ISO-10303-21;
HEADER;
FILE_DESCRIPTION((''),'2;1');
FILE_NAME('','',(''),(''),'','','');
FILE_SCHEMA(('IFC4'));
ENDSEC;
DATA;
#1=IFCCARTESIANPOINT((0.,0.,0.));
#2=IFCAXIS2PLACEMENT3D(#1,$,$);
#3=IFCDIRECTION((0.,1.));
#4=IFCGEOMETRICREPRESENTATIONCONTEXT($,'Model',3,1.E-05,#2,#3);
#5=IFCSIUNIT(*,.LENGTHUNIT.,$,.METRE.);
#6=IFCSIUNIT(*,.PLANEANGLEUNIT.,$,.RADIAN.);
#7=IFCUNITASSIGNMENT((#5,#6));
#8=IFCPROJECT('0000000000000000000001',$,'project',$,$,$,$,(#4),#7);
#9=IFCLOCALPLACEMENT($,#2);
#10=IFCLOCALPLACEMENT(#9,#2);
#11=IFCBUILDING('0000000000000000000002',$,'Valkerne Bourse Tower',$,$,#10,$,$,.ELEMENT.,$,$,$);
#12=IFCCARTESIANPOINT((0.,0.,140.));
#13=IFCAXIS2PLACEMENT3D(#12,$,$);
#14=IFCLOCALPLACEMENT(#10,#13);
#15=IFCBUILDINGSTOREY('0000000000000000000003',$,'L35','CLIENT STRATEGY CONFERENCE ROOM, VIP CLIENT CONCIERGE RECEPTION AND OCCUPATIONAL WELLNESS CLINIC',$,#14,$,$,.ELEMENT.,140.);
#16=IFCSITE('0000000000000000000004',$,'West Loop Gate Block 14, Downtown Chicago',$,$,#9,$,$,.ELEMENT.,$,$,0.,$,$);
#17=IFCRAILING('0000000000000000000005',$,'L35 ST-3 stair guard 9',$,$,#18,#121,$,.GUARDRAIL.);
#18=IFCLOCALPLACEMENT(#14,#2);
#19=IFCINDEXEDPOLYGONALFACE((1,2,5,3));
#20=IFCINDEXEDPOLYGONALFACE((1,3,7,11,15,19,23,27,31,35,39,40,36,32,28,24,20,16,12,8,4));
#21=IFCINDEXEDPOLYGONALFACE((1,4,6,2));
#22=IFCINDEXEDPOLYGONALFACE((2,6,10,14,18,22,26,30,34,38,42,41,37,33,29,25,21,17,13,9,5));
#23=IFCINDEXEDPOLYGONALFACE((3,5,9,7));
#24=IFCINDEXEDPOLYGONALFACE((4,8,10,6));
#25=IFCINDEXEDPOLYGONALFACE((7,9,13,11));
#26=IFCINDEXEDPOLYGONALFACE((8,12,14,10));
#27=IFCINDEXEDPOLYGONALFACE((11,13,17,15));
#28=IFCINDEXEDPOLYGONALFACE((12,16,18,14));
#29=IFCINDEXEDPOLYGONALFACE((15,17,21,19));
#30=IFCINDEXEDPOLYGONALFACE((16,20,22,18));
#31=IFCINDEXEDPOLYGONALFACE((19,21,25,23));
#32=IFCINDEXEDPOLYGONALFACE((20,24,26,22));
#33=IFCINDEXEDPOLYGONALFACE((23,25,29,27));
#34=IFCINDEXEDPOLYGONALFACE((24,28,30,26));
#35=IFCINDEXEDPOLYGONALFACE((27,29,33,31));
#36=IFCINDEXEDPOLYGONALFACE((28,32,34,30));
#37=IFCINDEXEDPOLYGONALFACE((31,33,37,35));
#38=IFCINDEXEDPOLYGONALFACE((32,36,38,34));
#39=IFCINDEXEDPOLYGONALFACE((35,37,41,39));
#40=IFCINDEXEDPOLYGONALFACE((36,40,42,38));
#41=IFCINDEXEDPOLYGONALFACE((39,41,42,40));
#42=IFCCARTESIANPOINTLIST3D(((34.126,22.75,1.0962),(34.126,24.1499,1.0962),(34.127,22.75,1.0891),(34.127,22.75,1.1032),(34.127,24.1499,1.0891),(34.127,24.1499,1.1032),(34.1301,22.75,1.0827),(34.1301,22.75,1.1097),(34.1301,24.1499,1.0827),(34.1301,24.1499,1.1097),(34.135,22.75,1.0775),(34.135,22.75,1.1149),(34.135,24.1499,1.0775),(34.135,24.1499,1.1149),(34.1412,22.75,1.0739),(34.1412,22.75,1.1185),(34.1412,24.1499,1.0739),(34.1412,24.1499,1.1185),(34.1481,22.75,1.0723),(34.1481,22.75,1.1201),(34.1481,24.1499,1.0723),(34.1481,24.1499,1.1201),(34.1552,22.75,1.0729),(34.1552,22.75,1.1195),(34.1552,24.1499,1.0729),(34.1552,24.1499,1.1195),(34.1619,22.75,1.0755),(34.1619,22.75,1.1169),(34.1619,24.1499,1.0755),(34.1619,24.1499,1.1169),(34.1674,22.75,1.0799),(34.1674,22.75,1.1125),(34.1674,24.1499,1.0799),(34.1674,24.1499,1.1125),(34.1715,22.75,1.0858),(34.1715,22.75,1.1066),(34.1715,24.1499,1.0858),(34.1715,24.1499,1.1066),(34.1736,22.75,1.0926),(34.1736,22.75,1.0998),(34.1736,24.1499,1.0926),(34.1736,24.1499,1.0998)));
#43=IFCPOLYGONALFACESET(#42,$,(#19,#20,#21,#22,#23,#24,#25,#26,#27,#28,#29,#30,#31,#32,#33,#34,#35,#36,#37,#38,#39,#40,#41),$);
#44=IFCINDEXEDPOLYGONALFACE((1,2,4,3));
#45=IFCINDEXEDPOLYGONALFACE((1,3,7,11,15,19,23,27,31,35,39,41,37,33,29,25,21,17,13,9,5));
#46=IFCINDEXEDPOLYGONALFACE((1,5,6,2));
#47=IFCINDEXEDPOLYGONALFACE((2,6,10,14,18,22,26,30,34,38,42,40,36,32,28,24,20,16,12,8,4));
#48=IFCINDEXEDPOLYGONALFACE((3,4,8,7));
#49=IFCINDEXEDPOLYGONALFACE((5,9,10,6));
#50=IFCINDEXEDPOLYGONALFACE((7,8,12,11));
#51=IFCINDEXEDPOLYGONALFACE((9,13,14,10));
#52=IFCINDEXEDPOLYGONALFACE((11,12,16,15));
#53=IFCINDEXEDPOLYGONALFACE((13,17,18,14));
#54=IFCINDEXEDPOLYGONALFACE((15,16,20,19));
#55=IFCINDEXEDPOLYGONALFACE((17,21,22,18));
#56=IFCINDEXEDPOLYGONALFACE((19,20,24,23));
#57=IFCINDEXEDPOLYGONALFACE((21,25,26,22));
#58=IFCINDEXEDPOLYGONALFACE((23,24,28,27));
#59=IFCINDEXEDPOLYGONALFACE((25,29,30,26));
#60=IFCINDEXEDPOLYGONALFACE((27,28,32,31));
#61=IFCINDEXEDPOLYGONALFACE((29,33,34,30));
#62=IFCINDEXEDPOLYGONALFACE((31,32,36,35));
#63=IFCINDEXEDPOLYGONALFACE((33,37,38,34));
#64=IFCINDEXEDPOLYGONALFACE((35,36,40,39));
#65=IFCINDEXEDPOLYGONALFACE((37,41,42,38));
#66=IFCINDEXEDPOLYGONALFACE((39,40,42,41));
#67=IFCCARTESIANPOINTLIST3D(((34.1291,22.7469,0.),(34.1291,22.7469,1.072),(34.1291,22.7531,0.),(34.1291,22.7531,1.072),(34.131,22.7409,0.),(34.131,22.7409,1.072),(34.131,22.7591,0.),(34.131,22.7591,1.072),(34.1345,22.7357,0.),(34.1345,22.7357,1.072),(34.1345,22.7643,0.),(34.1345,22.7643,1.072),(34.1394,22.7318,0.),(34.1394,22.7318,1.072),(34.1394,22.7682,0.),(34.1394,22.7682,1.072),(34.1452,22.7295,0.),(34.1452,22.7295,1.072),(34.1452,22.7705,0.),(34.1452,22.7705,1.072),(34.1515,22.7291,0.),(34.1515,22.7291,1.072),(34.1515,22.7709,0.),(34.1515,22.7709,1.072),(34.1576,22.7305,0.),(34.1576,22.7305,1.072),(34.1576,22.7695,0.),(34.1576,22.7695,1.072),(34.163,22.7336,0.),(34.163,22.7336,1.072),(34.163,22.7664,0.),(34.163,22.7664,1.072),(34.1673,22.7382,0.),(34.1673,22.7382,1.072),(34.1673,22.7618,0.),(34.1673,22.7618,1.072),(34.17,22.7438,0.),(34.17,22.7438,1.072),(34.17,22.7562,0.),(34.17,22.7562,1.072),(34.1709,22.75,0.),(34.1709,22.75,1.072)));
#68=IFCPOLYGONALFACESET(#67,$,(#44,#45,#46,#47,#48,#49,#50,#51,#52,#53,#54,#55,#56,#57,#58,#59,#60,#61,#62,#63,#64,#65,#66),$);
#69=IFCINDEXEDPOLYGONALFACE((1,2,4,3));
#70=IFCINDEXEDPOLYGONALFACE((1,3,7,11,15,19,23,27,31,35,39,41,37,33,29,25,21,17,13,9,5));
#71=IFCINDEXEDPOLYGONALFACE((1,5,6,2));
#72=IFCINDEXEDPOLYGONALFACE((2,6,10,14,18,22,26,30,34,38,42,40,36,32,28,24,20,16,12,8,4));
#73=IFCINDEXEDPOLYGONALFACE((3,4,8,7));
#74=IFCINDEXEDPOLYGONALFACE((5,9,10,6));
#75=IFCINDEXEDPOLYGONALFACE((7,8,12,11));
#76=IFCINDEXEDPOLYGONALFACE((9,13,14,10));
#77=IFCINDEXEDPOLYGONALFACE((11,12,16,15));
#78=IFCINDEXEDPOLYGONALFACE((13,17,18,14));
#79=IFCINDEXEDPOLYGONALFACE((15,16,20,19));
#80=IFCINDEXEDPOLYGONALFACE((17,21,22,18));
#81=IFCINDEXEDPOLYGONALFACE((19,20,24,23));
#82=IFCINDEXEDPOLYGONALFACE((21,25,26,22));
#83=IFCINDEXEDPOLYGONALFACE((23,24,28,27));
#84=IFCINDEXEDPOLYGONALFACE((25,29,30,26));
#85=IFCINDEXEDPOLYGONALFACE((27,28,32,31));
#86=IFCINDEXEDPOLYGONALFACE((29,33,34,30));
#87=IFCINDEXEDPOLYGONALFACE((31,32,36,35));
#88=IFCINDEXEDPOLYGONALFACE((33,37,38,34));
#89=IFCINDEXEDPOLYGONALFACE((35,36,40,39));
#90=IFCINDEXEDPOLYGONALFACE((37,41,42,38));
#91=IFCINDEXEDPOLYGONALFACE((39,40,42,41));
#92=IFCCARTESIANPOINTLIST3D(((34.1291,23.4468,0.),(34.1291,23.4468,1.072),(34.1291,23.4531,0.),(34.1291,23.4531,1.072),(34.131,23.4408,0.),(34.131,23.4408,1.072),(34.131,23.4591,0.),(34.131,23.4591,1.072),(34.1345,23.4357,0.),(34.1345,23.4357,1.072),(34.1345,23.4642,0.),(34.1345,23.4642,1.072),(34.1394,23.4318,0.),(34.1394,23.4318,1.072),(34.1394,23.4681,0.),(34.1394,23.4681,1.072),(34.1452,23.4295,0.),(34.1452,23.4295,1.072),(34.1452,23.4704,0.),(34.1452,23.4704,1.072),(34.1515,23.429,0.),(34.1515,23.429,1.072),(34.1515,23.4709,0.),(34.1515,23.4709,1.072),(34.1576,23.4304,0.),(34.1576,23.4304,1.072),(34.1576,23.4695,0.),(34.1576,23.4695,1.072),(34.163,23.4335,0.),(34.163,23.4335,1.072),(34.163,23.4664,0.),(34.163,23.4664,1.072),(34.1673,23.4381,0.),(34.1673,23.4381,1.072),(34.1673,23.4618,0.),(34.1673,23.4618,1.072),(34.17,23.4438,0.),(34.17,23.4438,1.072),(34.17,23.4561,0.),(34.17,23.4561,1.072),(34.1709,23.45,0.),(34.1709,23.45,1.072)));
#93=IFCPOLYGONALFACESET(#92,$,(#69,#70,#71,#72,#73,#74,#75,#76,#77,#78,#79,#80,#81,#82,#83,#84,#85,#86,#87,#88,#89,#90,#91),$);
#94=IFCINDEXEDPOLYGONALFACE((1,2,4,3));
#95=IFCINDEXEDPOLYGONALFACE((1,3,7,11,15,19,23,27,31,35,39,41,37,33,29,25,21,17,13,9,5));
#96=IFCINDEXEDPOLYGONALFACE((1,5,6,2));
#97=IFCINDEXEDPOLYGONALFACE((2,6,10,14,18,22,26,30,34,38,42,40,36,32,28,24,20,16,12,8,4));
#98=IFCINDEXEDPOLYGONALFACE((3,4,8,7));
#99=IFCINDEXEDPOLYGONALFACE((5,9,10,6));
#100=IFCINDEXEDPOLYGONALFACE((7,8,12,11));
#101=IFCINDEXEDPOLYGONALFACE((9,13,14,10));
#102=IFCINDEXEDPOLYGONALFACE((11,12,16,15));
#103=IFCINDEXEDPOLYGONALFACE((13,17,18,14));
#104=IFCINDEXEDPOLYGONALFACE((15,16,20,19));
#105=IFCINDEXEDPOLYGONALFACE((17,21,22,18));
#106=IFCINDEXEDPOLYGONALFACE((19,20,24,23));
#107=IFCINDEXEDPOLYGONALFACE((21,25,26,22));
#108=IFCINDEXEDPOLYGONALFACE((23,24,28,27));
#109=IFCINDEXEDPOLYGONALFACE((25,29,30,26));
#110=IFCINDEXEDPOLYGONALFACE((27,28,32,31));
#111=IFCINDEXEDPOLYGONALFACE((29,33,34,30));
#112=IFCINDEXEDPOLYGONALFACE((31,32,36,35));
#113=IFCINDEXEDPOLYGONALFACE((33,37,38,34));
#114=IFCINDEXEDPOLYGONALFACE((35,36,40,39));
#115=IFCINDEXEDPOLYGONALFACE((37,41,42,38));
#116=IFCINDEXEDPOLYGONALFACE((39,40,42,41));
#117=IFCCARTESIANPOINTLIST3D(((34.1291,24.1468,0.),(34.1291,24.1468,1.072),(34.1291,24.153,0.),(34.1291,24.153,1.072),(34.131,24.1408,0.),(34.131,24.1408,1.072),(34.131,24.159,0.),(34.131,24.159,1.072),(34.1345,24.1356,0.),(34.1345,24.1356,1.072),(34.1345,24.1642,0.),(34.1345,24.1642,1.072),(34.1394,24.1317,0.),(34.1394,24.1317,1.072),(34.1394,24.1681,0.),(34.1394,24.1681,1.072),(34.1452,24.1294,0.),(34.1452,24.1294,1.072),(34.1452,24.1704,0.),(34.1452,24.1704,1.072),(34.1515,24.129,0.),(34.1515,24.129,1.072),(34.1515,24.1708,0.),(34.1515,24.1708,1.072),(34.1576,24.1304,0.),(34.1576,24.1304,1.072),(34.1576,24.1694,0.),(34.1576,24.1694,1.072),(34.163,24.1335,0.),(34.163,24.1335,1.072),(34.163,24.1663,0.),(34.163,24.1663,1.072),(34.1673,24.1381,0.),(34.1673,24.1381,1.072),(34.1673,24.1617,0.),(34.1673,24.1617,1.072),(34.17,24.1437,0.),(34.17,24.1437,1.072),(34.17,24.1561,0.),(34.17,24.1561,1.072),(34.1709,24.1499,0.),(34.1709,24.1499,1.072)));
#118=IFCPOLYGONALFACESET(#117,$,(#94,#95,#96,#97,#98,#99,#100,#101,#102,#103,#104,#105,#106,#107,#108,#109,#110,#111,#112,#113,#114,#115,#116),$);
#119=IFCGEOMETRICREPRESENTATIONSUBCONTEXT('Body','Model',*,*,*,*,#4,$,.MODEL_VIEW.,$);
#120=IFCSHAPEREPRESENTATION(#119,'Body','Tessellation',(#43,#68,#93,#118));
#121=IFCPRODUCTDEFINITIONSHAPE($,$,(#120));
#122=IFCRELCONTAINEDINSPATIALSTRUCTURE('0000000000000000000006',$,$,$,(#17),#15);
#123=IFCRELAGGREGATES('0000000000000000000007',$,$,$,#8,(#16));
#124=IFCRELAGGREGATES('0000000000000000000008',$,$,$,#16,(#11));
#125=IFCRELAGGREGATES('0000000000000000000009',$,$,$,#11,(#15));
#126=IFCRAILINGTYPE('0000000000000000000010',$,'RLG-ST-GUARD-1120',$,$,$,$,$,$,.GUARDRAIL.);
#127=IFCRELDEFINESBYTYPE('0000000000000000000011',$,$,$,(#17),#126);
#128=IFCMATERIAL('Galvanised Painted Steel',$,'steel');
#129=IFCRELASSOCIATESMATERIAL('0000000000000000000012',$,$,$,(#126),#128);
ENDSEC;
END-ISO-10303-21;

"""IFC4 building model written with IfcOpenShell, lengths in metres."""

from ifc_helpers import new_model, si_unit, direction, frame, origin, origin_2d, place, context, subcontext, project, spatial, circle, extrude, material, type_object, element, save


model = new_model("IFC4")

# Units and contexts
model_context = context("Model", 3, precision=1e-05, world=origin(), true_north=direction((0.0, 1.0)))
body_context = subcontext(model_context, "Body", "Model", "MODEL_VIEW")
ifc_project = project(units=[si_unit("LENGTHUNIT", "METRE"), si_unit("PLANEANGLEUNIT", "RADIAN")], contexts=[model_context])

# Site, building, storey
site_placement = place(None, origin())
site = spatial("IfcSite", under=ifc_project, at=site_placement, Name="West Loop Gate Block 14, Downtown Chicago", CompositionType="ELEMENT", RefElevation=0.0)
building_placement = place(site_placement, origin())
building = spatial("IfcBuilding", under=site, at=building_placement, Name="Valkerne Bourse Tower", CompositionType="ELEMENT")
storey_placement = place(building_placement, frame((0.0, 0.0, 140.0)))
storey = spatial("IfcBuildingStorey", under=building, at=storey_placement, Name="L35", Description="CLIENT STRATEGY CONFERENCE ROOM, VIP CLIENT CONCIERGE RECEPTION AND OCCUPATIONAL WELLNESS CLINIC", CompositionType="ELEMENT", Elevation=140.0)

# Shared definitions
ifc_material_1 = material(Name="Galvanised Painted Steel", Category="steel")

# Railing
railing_type = type_object("IfcRailingType", Name="RLG-ST-GUARD-1120", PredefinedType="GUARDRAIL", material=ifc_material_1)
railing_1_placement = place(storey_placement, frame((34.1499, 22.75, 0.0)))
element("IfcRailing", 1, at=railing_1_placement, inside=storey, type_object=railing_type, Name="L35 ST-3 stair guard 9", PredefinedType="GUARDRAIL", context=body_context, shape_type="SweptSolid", body=[
    extrude(circle(Radius=0.0239, at=origin_2d()), frame((0.0, 0.0, 1.0962), z_axis=(0.0, 1.0, 0.0), x_axis=(-1.0, 0.0, 0.0)), (0.0, 0.0, 1.0), 1.3999),
    extrude(circle(Radius=0.021, at=origin_2d()), origin(), (0.0, 0.0, 1.0), 1.072),
    extrude(circle(Radius=0.021, at=origin_2d()), frame((0.0, 0.7, 0.0)), (0.0, 0.0, 1.0), 1.072),
    extrude(circle(Radius=0.021, at=origin_2d()), frame((0.0, 1.3999, 0.0)), (0.0, 0.0, 1.0), 1.072),
])

save(model, "model.ifc")
